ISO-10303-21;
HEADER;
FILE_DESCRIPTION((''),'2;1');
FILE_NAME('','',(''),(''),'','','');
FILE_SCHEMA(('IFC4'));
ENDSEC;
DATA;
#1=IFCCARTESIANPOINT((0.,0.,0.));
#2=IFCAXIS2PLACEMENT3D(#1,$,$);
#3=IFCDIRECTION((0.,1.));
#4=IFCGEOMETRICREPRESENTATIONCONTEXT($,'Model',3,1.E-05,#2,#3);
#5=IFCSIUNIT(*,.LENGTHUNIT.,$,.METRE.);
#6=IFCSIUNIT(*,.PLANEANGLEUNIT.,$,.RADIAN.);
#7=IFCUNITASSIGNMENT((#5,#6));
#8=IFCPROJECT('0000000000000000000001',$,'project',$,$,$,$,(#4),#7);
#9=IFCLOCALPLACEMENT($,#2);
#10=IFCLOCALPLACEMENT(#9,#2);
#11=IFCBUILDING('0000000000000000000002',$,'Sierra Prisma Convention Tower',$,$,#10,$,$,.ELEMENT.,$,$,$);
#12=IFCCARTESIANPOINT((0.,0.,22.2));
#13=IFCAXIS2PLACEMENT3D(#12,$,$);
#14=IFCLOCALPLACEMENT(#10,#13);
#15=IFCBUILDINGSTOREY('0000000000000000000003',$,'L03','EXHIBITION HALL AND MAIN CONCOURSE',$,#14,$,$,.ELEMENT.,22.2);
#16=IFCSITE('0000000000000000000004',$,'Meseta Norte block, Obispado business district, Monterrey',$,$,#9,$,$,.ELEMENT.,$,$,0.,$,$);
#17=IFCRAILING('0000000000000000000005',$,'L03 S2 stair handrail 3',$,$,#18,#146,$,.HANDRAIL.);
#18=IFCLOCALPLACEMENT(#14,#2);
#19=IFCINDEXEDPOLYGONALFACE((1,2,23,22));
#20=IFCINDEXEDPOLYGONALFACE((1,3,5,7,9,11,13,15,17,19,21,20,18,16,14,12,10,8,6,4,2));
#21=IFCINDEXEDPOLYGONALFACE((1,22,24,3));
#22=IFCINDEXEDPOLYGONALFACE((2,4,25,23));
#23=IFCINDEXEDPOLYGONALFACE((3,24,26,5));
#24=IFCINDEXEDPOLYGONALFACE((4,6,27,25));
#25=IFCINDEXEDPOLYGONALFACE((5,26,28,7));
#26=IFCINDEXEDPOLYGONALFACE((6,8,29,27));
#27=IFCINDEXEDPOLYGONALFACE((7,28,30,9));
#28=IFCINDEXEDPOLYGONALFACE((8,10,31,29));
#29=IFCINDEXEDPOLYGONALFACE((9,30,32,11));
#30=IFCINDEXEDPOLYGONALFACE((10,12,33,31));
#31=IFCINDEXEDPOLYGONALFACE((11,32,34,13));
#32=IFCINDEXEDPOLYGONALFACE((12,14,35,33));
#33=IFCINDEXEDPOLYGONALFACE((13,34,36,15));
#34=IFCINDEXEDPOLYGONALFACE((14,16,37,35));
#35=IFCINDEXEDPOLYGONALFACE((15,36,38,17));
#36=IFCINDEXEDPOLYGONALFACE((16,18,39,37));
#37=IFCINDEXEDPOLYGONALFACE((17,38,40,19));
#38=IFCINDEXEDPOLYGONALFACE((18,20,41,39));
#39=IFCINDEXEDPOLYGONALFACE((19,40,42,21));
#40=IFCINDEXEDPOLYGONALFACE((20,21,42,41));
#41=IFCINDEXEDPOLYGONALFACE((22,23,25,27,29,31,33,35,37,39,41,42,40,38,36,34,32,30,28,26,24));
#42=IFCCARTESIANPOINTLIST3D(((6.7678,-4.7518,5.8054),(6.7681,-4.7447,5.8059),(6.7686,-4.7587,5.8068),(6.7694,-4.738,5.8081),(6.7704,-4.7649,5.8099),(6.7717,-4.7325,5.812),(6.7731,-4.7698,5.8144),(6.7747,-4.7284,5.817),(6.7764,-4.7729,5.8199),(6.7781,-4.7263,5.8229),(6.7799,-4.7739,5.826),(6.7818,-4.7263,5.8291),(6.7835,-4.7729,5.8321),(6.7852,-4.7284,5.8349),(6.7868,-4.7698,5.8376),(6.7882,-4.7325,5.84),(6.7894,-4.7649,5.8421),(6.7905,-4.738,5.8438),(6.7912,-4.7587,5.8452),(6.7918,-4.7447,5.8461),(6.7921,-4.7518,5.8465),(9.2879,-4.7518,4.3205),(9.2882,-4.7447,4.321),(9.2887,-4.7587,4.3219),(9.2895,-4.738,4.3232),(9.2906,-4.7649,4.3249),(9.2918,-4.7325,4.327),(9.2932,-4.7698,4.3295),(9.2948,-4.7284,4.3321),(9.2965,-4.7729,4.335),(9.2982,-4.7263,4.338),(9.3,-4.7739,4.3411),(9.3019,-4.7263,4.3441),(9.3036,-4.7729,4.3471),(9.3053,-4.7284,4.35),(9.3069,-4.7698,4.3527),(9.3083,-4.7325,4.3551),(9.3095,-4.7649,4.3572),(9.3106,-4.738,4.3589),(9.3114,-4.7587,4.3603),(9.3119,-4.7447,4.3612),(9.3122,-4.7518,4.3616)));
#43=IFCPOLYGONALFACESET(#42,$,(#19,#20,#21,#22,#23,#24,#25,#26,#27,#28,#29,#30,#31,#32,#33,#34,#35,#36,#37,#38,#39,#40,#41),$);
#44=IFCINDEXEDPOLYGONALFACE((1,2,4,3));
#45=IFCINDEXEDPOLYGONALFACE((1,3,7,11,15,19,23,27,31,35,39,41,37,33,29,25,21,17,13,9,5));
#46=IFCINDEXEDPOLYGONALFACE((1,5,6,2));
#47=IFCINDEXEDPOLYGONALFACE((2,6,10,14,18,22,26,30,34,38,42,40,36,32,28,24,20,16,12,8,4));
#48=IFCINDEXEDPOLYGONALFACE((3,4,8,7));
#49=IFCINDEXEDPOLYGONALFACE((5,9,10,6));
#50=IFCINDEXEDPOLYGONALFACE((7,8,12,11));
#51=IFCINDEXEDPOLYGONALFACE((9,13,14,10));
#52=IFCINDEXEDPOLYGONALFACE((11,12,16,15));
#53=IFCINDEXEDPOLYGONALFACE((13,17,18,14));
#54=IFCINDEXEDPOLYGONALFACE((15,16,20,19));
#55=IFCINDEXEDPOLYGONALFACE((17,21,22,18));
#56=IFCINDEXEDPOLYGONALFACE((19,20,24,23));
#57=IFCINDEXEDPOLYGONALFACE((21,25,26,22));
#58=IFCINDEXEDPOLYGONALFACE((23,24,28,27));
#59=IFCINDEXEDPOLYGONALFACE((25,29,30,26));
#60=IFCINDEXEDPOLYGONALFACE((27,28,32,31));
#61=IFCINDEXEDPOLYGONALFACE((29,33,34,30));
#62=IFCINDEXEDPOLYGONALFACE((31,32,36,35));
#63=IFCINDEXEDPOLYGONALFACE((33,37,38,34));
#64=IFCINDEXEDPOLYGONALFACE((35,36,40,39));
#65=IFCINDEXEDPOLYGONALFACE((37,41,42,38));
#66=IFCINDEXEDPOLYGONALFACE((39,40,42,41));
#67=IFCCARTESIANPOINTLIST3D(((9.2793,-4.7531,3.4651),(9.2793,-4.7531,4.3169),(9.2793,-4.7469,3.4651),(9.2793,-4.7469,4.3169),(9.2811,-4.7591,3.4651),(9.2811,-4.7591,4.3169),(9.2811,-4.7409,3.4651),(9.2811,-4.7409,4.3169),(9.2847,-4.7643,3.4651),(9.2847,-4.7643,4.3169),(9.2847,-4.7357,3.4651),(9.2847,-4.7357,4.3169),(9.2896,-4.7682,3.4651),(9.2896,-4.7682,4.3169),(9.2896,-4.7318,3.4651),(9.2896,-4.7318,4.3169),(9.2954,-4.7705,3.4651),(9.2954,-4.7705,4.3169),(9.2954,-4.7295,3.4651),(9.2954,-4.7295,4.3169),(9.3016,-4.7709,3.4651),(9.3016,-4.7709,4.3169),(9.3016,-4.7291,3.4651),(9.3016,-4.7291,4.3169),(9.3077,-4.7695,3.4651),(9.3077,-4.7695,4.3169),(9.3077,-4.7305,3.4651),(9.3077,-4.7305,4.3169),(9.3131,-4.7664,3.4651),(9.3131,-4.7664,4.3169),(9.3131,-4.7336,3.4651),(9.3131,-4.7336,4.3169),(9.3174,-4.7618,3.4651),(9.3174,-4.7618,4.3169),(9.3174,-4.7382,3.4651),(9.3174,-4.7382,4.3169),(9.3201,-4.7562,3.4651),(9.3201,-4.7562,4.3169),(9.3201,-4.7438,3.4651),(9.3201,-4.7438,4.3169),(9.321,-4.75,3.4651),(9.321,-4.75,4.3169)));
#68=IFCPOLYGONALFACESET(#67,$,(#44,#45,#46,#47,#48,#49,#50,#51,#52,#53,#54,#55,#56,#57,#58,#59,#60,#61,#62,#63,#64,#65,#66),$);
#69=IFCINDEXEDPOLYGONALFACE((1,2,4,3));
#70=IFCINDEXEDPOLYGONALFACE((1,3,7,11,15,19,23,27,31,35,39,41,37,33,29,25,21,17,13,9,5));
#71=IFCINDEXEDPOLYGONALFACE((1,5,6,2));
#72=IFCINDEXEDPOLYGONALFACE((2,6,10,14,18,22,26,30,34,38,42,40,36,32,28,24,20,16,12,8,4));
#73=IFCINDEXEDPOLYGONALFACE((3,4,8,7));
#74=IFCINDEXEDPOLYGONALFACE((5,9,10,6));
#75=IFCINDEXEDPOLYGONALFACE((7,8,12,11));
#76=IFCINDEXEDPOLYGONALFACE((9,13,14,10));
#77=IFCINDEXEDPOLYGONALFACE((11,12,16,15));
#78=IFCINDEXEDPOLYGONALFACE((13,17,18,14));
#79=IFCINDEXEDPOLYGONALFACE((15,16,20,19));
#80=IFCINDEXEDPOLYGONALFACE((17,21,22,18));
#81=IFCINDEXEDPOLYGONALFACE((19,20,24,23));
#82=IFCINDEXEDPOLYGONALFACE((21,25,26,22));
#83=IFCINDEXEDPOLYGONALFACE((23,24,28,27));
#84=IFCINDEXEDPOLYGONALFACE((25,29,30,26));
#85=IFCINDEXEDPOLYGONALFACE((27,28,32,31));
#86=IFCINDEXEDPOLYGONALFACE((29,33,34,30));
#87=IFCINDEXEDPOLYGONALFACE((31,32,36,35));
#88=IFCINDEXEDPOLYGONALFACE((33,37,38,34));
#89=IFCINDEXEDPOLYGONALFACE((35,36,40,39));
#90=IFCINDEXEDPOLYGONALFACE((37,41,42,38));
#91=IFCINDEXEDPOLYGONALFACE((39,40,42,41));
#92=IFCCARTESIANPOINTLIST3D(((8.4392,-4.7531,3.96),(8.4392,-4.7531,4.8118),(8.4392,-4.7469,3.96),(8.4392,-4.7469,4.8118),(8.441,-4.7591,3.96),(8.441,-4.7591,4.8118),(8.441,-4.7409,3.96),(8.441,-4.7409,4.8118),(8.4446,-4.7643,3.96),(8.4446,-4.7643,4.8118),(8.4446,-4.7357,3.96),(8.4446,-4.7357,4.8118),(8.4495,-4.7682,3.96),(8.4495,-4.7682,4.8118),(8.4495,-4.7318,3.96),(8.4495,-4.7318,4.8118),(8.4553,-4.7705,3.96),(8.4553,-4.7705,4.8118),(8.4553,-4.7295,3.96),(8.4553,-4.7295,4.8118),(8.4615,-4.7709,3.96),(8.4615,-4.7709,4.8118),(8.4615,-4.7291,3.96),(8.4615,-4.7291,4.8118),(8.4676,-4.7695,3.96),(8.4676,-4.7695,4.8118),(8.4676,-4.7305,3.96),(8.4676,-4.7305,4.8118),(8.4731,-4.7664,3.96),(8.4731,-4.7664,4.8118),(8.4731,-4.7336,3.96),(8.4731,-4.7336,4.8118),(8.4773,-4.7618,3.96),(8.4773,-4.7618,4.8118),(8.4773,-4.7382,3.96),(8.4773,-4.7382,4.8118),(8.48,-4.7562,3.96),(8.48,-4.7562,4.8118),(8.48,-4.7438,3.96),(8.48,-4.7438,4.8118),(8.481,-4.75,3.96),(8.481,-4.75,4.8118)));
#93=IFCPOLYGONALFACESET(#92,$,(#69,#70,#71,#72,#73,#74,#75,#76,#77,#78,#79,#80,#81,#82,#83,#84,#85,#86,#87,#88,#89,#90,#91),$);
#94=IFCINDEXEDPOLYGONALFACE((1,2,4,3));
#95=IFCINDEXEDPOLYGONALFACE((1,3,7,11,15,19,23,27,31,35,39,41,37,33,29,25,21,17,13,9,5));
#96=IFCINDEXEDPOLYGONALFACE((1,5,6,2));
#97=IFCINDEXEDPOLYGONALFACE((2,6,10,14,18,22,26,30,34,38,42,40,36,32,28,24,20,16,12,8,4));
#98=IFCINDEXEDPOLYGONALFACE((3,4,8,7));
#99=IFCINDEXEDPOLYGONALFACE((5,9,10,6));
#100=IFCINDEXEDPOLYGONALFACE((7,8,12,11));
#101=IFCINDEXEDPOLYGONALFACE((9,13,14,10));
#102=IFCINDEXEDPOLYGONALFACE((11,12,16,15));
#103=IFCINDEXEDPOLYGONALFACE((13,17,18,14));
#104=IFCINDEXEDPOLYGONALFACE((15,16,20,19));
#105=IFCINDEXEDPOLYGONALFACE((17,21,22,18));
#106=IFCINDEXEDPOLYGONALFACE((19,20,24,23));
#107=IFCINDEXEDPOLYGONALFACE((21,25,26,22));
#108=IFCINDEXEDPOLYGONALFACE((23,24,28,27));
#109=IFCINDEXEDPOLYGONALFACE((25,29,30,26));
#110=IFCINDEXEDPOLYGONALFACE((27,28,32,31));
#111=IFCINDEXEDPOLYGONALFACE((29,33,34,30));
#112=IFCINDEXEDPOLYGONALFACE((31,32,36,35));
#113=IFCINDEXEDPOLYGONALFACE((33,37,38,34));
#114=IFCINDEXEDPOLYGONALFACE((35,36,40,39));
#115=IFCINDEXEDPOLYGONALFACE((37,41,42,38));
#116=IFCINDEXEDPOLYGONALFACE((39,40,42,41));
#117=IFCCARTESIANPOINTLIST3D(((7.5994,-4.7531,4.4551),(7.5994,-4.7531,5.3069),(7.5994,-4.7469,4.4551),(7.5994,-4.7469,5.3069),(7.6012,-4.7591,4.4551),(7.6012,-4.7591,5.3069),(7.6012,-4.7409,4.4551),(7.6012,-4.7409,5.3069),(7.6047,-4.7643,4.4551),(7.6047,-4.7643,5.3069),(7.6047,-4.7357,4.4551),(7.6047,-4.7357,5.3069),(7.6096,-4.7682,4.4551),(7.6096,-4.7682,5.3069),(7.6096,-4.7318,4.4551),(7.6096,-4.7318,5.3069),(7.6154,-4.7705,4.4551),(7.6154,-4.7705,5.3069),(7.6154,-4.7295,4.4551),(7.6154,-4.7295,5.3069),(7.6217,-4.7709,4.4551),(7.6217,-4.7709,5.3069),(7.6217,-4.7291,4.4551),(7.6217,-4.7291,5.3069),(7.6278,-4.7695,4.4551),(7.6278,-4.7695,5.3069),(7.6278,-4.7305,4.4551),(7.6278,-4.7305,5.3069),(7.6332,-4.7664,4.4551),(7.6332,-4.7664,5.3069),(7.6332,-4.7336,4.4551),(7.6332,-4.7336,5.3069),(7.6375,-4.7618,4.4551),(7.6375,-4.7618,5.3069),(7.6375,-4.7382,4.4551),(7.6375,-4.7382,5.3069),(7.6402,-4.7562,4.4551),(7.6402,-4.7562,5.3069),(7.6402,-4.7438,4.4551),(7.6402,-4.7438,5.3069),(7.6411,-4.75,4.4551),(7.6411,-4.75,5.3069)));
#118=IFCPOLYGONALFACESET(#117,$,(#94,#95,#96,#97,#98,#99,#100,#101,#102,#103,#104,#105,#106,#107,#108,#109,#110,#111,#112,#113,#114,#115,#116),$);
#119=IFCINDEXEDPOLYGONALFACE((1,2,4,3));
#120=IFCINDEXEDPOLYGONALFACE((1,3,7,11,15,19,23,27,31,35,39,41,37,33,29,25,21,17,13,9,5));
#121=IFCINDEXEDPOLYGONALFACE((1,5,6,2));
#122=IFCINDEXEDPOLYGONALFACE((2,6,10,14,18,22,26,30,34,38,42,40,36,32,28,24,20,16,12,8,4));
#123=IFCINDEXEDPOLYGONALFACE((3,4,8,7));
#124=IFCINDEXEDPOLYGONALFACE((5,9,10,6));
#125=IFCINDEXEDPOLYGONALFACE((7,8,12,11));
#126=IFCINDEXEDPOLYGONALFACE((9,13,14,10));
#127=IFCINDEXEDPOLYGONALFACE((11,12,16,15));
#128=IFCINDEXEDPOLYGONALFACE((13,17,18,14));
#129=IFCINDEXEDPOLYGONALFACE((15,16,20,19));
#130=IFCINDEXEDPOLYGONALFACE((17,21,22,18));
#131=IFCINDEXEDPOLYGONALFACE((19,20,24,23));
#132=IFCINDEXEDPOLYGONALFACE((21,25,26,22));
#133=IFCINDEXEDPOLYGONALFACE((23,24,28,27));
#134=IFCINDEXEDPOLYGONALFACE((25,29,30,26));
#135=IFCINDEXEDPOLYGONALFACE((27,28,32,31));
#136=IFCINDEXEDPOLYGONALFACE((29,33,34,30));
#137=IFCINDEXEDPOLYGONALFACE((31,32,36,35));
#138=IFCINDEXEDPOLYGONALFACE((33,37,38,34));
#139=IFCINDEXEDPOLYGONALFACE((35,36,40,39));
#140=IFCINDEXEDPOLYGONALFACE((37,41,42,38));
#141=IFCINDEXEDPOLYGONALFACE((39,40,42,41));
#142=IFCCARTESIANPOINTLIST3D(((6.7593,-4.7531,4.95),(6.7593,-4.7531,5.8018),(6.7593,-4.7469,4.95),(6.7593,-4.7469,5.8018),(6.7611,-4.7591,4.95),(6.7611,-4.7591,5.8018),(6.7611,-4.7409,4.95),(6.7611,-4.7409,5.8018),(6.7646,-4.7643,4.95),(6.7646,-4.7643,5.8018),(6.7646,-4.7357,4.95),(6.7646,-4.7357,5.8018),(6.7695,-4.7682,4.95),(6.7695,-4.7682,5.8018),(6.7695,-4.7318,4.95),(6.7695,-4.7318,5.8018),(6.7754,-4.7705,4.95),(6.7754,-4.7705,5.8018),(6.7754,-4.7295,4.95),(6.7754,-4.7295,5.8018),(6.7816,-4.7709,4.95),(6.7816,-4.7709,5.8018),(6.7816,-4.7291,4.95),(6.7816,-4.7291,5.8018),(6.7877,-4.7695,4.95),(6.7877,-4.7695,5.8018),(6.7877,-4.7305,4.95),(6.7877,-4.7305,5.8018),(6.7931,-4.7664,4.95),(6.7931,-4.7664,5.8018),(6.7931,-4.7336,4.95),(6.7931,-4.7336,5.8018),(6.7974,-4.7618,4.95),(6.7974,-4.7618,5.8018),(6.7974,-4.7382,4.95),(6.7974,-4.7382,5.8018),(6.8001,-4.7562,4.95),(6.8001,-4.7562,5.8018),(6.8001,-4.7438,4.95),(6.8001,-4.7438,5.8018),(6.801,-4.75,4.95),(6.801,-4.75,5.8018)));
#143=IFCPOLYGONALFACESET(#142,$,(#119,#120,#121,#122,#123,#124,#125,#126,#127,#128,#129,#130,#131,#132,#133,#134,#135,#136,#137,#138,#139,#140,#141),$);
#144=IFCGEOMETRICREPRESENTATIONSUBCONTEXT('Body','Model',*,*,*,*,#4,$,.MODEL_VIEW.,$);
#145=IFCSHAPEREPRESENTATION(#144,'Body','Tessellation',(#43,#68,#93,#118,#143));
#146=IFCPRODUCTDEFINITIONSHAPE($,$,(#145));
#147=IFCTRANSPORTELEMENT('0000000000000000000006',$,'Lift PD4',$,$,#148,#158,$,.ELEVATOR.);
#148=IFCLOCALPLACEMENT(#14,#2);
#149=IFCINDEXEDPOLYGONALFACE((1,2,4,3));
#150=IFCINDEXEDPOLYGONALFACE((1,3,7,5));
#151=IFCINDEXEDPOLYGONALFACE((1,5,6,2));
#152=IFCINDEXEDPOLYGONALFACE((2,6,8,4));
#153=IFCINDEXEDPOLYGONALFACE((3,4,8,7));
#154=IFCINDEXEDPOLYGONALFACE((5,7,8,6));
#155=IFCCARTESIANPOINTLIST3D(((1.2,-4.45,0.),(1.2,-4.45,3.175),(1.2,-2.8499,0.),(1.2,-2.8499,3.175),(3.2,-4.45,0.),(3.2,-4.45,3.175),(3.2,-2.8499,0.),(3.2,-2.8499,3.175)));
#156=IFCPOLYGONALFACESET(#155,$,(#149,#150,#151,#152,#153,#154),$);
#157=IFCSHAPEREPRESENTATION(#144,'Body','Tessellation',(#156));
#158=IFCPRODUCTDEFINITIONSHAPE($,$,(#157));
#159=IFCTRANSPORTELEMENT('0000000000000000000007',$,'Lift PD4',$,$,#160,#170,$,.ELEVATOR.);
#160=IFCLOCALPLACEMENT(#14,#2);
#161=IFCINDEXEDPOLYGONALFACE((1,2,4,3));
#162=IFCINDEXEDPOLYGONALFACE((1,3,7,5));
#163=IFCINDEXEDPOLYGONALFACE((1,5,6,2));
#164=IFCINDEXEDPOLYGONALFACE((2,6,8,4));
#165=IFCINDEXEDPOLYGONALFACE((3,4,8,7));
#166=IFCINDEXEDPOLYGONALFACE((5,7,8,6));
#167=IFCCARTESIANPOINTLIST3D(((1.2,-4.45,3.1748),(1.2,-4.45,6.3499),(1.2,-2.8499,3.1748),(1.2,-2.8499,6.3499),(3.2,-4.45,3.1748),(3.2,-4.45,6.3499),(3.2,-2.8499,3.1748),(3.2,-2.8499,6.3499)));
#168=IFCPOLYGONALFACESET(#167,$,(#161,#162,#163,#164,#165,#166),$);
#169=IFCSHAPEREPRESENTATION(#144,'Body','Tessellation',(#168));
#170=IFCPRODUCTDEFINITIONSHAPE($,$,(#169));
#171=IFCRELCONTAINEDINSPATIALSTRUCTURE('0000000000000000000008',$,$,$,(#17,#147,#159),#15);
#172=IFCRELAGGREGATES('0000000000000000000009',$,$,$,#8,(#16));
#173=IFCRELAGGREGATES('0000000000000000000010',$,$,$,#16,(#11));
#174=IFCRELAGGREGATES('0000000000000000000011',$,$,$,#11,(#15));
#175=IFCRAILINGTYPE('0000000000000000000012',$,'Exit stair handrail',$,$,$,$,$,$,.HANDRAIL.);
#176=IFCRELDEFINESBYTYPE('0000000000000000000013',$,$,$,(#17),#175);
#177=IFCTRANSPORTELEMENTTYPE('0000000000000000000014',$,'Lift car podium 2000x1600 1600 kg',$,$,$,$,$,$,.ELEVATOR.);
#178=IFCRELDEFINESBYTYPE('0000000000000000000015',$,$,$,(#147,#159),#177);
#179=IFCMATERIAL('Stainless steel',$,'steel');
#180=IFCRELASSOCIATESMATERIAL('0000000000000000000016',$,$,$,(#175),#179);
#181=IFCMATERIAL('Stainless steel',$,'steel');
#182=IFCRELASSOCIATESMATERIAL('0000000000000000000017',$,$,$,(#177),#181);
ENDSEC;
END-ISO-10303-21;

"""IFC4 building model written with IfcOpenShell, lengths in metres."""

from ifc_helpers import new_model, si_unit, direction, frame, origin, origin_2d, place, context, subcontext, project, spatial, rectangle, circle, extrude, material, type_object, element, save


model = new_model("IFC4")

# Units and contexts
model_context = context("Model", 3, precision=1e-05, world=origin(), true_north=direction((0.0, 1.0)))
body_context = subcontext(model_context, "Body", "Model", "MODEL_VIEW")
ifc_project = project(units=[si_unit("LENGTHUNIT", "METRE"), si_unit("PLANEANGLEUNIT", "RADIAN")], contexts=[model_context])

# Site, building, storey
site_placement = place(None, origin())
site = spatial("IfcSite", under=ifc_project, at=site_placement, Name="Meseta Norte block, Obispado business district, Monterrey", CompositionType="ELEMENT", RefElevation=0.0)
building_placement = place(site_placement, origin())
building = spatial("IfcBuilding", under=site, at=building_placement, Name="Sierra Prisma Convention Tower", CompositionType="ELEMENT")
storey_placement = place(building_placement, frame((0.0, 0.0, 22.2)))
storey = spatial("IfcBuildingStorey", under=building, at=storey_placement, Name="L03", Description="EXHIBITION HALL AND MAIN CONCOURSE", CompositionType="ELEMENT", Elevation=22.2)

# Railing
ifc_material_1 = material(Name="Stainless steel", Category="steel")
railing_type = type_object("IfcRailingType", Name="Exit stair handrail", PredefinedType="HANDRAIL", material=ifc_material_1)
railing_1_placement = place(storey_placement, frame((9.3, -4.75, 3.4651)))
element("IfcRailing", 1, at=railing_1_placement, inside=storey, type_object=railing_type, Name="L03 S2 stair handrail 3", PredefinedType="HANDRAIL", context=body_context, shape_type="SweptSolid", body=[
    extrude(circle(Radius=0.0239, at=origin_2d()), frame((0.0, 0.0, 0.876), z_axis=(-0.861561, 0.0, 0.507655), x_axis=(0.0, -1.0, 0.0)), (0.0, 0.0, 1.0), 2.925),
    extrude(circle(Radius=0.021, at=origin_2d()), origin(), (0.0, 0.0, 1.0), 0.8518),
    extrude(circle(Radius=0.021, at=origin_2d()), frame((-0.8401, 0.0, 0.4949)), (0.0, 0.0, 1.0), 0.8518),
    extrude(circle(Radius=0.021, at=origin_2d()), frame((-1.6799, 0.0, 0.99)), (0.0, 0.0, 1.0), 0.8518),
    extrude(circle(Radius=0.021, at=origin_2d()), frame((-2.52, 0.0, 1.4849)), (0.0, 0.0, 1.0), 0.8518),
])

# Transport elements
ifc_material_2 = material(Name="Stainless steel", Category="steel")
transport_element_type = type_object("IfcTransportElementType", Name="Lift car podium 2000x1600 1600 kg", PredefinedType="ELEVATOR", material=ifc_material_2)
for number, where, z_axis, x_axis, name in (
    (2, (2.2, -3.6499, 0.0), (0.0, 0.0, 1.0), (1.0, 0.0, 0.0), "Lift PD4"),
    (3, (2.2, -3.6499, 3.1748), (0.0, 0.0, 1.0), (1.0, 0.0, 0.0), "Lift PD4"),
):
    element("IfcTransportElement", number, at=place(storey_placement, frame(where, z_axis=z_axis, x_axis=x_axis)), inside=storey, type_object=transport_element_type, Name=name, PredefinedType="ELEVATOR", context=body_context, shape_type="SweptSolid", body=[
        extrude(rectangle(XDim=2.0, YDim=1.6001, at=origin_2d()), origin(), (0.0, 0.0, 1.0), 3.175),
    ])

save(model, "model.ifc")
